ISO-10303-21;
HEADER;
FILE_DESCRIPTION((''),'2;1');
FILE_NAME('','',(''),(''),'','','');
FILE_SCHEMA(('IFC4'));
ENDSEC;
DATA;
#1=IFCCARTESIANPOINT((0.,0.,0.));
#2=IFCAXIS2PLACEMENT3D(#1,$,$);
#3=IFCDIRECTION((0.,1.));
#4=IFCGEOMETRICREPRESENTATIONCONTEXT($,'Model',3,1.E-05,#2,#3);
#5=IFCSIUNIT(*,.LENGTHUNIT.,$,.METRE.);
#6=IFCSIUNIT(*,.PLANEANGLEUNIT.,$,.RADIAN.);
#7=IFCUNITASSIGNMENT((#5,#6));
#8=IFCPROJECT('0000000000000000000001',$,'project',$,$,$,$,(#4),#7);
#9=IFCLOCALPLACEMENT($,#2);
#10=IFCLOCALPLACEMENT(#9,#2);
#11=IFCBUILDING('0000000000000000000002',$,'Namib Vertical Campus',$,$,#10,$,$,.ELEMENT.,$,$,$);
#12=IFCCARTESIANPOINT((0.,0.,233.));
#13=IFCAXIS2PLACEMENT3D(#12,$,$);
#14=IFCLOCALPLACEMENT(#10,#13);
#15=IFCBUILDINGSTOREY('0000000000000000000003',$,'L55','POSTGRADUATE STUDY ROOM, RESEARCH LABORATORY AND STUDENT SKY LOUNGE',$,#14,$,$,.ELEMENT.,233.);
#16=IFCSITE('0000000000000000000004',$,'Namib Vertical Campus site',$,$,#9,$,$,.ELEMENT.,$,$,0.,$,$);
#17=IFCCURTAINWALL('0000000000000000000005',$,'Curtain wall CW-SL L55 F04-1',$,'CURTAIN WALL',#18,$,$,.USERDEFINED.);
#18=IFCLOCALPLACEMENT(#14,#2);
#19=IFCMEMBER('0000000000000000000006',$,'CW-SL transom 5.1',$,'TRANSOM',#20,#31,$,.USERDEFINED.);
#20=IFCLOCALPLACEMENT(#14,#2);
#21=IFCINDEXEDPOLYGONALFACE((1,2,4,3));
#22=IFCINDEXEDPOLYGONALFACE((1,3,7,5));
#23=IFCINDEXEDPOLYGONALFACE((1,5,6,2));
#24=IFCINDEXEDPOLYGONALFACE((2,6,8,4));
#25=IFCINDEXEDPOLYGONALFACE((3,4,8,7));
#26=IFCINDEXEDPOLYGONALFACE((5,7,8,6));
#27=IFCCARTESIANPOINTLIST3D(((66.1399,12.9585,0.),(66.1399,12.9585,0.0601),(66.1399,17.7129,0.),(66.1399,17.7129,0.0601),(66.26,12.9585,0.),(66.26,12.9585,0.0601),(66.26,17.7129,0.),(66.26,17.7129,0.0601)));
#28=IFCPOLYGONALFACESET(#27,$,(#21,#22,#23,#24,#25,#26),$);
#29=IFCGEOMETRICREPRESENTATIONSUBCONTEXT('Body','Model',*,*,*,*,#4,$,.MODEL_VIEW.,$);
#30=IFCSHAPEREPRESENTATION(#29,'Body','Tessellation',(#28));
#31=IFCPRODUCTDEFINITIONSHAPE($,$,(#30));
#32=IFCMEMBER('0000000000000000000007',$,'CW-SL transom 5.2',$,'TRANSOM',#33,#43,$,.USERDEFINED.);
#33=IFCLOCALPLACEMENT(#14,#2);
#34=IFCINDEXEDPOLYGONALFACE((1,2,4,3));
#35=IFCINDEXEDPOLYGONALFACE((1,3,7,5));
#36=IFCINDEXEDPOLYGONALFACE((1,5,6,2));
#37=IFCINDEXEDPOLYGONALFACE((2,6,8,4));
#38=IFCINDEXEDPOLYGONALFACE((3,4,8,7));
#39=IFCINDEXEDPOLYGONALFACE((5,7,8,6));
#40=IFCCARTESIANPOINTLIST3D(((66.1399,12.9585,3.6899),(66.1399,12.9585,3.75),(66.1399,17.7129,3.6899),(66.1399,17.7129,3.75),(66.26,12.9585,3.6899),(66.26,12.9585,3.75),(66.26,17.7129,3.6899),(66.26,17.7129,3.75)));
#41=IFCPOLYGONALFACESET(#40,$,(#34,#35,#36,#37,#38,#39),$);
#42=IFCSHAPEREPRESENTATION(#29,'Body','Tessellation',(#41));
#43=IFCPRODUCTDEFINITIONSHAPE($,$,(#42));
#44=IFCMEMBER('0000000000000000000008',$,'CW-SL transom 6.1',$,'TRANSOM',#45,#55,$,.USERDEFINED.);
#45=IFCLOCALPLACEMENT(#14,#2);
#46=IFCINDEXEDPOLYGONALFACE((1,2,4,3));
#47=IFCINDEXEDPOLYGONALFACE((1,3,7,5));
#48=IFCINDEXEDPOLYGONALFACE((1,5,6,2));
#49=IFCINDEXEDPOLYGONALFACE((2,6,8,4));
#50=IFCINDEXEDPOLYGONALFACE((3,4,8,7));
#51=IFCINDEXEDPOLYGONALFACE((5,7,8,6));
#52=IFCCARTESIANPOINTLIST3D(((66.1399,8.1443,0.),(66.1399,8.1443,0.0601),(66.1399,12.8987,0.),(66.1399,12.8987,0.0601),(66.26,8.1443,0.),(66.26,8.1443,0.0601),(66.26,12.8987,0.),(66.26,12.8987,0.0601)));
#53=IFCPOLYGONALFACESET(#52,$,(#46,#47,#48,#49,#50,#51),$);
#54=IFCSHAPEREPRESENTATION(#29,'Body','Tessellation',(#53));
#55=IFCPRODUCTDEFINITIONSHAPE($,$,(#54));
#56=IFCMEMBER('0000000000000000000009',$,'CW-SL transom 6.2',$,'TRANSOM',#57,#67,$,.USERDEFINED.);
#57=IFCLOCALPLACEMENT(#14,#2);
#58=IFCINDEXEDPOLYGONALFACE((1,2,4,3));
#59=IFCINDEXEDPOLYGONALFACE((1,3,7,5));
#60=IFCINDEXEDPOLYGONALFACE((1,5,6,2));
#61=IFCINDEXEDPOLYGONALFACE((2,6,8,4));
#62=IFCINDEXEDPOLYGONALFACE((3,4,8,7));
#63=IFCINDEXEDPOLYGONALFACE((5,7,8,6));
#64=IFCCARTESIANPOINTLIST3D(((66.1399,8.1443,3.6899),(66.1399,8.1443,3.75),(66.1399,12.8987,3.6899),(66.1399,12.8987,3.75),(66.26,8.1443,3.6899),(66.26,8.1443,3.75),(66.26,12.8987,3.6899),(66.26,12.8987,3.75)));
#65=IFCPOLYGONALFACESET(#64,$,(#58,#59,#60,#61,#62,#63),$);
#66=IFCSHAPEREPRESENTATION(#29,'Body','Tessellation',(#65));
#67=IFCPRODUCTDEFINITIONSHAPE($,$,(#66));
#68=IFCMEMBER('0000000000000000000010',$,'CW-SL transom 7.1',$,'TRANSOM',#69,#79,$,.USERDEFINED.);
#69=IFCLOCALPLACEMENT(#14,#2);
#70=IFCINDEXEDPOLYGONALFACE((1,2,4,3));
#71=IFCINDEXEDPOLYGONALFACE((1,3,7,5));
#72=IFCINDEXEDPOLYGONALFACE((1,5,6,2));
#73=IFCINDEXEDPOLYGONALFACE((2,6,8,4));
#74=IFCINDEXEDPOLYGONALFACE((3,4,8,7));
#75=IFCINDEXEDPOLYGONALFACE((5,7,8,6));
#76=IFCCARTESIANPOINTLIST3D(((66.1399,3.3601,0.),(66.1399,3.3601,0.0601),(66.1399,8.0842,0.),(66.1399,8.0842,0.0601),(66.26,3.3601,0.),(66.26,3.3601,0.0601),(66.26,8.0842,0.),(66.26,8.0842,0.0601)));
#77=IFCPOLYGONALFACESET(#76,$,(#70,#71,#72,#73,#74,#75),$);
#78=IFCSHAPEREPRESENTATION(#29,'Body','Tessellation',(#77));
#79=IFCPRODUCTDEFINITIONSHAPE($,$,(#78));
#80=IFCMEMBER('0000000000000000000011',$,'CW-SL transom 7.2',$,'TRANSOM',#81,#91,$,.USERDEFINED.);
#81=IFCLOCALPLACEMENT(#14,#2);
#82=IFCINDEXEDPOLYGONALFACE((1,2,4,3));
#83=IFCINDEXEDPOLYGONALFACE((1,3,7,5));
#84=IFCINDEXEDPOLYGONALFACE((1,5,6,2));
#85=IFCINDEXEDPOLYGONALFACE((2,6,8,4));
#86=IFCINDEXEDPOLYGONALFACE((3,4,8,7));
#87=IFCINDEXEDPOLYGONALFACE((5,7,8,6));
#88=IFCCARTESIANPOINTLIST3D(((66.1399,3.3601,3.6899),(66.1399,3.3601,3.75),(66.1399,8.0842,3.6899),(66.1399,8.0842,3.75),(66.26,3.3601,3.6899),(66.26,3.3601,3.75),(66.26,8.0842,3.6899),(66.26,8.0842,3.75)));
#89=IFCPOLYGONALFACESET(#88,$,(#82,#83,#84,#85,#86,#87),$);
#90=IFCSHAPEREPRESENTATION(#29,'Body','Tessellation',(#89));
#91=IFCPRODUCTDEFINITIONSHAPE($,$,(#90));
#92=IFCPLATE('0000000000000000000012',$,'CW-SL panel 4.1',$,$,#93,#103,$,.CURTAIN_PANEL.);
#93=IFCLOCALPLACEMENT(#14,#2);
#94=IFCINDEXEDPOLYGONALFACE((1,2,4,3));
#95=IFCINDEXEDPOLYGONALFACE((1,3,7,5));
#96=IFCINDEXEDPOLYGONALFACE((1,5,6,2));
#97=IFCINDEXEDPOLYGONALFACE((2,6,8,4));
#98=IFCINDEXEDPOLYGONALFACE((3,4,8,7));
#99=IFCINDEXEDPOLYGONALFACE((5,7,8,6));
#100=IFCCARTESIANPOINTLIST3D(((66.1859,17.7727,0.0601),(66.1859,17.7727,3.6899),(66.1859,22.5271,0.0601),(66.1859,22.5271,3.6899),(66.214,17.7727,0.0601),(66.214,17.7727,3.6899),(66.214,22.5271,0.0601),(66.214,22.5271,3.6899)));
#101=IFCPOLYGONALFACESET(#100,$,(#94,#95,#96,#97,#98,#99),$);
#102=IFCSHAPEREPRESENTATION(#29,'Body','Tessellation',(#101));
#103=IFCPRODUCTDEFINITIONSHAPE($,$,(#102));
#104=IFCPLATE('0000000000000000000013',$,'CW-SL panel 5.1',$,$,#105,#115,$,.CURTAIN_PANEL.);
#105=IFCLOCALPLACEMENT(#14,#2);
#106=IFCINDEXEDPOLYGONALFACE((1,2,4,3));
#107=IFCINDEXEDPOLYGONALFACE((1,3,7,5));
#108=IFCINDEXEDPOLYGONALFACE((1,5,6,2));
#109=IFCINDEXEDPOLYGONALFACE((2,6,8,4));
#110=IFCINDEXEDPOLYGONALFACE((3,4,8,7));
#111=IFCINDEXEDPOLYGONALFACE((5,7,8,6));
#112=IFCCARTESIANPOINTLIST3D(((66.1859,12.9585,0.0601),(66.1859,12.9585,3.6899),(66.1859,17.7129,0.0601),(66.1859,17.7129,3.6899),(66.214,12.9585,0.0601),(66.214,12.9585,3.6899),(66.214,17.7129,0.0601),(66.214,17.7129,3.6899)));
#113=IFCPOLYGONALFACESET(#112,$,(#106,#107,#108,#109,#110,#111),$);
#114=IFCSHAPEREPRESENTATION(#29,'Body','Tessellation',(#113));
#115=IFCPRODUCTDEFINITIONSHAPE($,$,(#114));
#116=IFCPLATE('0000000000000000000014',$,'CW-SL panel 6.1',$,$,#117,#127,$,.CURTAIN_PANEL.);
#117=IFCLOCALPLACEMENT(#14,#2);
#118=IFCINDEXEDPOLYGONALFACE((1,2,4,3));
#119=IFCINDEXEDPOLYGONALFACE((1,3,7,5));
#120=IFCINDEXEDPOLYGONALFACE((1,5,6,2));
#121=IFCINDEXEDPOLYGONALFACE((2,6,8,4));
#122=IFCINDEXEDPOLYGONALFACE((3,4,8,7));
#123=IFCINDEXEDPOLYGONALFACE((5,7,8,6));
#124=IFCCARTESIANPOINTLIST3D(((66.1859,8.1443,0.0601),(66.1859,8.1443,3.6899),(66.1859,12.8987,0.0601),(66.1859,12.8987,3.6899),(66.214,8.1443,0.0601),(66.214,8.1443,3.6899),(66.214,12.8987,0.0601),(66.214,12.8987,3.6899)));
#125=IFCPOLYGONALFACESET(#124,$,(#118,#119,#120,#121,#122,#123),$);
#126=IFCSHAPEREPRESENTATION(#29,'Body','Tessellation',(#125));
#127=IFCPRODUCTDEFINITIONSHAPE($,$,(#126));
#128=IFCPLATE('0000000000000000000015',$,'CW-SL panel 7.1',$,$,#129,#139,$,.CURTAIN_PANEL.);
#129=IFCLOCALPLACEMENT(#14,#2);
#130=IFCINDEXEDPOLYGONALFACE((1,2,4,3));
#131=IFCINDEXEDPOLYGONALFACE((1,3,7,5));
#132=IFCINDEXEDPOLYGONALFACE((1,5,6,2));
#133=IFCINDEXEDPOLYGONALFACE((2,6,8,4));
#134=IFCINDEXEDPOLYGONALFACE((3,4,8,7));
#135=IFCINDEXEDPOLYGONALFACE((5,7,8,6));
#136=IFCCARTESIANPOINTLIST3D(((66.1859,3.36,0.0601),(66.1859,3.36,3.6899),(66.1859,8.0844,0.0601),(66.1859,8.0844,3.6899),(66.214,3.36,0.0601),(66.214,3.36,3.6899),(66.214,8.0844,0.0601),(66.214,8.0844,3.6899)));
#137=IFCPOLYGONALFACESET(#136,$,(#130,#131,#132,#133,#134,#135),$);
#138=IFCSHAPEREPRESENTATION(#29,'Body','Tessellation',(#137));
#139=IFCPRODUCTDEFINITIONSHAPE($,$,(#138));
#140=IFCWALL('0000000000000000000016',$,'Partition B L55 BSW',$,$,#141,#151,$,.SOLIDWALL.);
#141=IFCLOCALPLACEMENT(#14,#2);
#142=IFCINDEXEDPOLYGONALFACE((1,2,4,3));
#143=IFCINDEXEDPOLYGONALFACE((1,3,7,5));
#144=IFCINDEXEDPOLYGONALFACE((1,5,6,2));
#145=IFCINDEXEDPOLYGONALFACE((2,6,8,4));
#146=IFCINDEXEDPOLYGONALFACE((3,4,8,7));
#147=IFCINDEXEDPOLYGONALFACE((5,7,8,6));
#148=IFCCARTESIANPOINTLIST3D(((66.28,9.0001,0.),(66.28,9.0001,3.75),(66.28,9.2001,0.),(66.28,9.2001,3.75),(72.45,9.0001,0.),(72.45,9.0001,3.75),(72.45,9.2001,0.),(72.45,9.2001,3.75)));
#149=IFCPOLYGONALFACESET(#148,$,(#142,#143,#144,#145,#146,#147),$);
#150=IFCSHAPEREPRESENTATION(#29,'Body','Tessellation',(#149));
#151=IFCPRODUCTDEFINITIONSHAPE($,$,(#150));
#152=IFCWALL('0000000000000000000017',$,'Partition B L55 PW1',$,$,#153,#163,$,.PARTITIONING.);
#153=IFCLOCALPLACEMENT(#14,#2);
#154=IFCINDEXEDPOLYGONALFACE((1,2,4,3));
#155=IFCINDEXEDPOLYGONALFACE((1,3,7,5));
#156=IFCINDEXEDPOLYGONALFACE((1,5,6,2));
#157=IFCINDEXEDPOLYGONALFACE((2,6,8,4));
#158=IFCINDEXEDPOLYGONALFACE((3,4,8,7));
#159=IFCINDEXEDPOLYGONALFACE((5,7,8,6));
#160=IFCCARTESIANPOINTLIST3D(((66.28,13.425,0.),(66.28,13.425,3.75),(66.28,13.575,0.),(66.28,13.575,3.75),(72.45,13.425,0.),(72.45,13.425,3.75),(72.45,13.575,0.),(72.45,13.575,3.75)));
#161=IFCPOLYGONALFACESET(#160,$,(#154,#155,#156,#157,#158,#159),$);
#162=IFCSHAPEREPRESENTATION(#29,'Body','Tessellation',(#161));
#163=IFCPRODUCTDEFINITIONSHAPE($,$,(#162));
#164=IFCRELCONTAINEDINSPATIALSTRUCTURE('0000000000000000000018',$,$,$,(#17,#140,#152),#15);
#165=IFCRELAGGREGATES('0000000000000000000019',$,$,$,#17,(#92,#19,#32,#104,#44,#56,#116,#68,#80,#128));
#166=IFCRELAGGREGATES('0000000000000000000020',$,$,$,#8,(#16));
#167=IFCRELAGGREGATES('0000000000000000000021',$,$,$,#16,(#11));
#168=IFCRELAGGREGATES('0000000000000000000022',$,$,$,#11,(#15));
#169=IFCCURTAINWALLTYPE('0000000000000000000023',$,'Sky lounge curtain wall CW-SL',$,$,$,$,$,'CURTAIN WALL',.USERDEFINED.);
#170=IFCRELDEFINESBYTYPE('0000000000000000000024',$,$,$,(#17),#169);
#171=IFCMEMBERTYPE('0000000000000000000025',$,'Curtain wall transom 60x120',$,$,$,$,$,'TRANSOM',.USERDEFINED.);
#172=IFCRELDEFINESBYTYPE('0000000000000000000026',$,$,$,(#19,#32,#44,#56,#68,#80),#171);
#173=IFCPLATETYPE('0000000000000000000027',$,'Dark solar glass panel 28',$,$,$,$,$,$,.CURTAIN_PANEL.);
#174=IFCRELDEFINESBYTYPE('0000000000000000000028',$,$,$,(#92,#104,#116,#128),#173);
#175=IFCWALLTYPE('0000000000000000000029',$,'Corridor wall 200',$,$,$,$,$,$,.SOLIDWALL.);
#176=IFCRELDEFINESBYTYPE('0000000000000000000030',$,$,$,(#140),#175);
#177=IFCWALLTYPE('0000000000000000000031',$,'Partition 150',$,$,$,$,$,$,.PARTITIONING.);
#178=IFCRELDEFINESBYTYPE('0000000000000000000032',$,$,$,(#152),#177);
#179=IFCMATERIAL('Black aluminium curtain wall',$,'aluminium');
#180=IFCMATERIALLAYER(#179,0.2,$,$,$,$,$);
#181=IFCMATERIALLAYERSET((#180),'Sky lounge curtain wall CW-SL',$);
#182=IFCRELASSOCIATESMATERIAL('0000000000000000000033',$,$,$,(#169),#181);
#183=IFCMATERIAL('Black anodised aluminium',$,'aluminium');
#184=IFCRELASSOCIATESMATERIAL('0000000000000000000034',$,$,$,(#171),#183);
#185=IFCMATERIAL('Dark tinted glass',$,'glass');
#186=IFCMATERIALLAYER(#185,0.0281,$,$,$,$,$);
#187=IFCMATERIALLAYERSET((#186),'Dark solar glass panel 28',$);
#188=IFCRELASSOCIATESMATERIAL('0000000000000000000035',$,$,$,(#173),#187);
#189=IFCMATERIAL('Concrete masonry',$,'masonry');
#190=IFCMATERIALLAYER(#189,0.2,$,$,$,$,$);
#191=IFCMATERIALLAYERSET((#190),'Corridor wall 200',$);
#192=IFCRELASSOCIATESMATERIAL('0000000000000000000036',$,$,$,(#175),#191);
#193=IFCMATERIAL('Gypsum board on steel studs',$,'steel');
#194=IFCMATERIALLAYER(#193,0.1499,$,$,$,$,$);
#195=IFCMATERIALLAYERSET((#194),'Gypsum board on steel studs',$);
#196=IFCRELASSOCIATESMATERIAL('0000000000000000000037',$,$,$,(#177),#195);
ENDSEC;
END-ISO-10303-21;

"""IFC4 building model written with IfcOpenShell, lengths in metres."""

from ifc_helpers import new_model, si_unit, direction, frame, frame_2d, origin, origin_2d, place, context, subcontext, project, spatial, rectangle, extrude, material, layer, layer_set, material_profile, profile_set, type_object, element, aggregate, save


model = new_model("IFC4")

# Units and contexts
model_context = context("Model", 3, precision=1e-05, world=origin(), true_north=direction((0.0, 1.0)))
body_context = subcontext(model_context, "Body", "Model", "MODEL_VIEW")
ifc_project = project(units=[si_unit("LENGTHUNIT", "METRE"), si_unit("PLANEANGLEUNIT", "RADIAN")], contexts=[model_context])

# Site, building, storey
site_placement = place(None, origin())
site = spatial("IfcSite", under=ifc_project, at=site_placement, Name="Namib Vertical Campus site", CompositionType="ELEMENT", RefElevation=0.0)
building_placement = place(site_placement, origin())
building = spatial("IfcBuilding", under=site, at=building_placement, Name="Namib Vertical Campus", CompositionType="ELEMENT")
storey_placement = place(building_placement, frame((0.0, 0.0, 233.0)))
storey = spatial("IfcBuildingStorey", under=building, at=storey_placement, Name="L55", Description="POSTGRADUATE STUDY ROOM, RESEARCH LABORATORY AND STUDENT SKY LOUNGE", CompositionType="ELEMENT", Elevation=233.0)

# Curtain wall, members, plates
ifc_material_1 = material(Name="Black aluminium curtain wall", Category="aluminium")
ifc_layer_1 = layer(ifc_material_1, 0.2)
ifc_layer_set_1 = layer_set([ifc_layer_1], Name="Sky lounge curtain wall CW-SL")
curtain_wall_type = type_object("IfcCurtainWallType", Name="Sky lounge curtain wall CW-SL", ElementType="CURTAIN WALL", PredefinedType="USERDEFINED", material=ifc_layer_set_1)
curtain_wall_placement = place(storey_placement, origin())
curtain_wall = element("IfcCurtainWall", 1, at=curtain_wall_placement, inside=storey, type_object=curtain_wall_type, Name="Curtain wall CW-SL L55 F04-1", ObjectType="CURTAIN WALL", PredefinedType="USERDEFINED")
ifc_material_2 = material(Name="Black anodised aluminium", Category="aluminium")
ifc_material_profile = material_profile(ifc_material_2, rectangle(XDim=0.0601, YDim=0.1201, at=origin_2d()))
ifc_profile_set = profile_set([ifc_material_profile], Name="Black anodised aluminium")
member_type = type_object("IfcMemberType", Name="Curtain wall transom 60x120", ElementType="TRANSOM", PredefinedType="USERDEFINED", material=ifc_profile_set)
member_1_placement = place(storey_placement, frame((66.2, 17.7129, 0.03), z_axis=(0.0, -1.0, 0.0), x_axis=(0.0, 0.0, 1.0)))
member_1 = element("IfcMember", 2, at=member_1_placement, type_object=member_type, Name="CW-SL transom 5.1", ObjectType="TRANSOM", PredefinedType="USERDEFINED", context=body_context, shape_type="SweptSolid", body=[
    extrude(rectangle(XDim=0.0601, YDim=0.1201, at=origin_2d()), origin(), (0.0, 0.0, 1.0), 4.7544),
])
member_2_placement = place(storey_placement, frame((66.2, 17.7129, 3.72), z_axis=(0.0, -1.0, 0.0), x_axis=(0.0, 0.0, 1.0)))
member_2 = element("IfcMember", 3, at=member_2_placement, type_object=member_type, Name="CW-SL transom 5.2", ObjectType="TRANSOM", PredefinedType="USERDEFINED", context=body_context, shape_type="SweptSolid", body=[
    extrude(rectangle(XDim=0.0601, YDim=0.1201, at=origin_2d()), origin(), (0.0, 0.0, 1.0), 4.7544),
])
member_3_placement = place(storey_placement, frame((66.2, 12.8987, 0.03), z_axis=(0.0, -1.0, 0.0), x_axis=(0.0, 0.0, 1.0)))
member_3 = element("IfcMember", 4, at=member_3_placement, type_object=member_type, Name="CW-SL transom 6.1", ObjectType="TRANSOM", PredefinedType="USERDEFINED", context=body_context, shape_type="SweptSolid", body=[
    extrude(rectangle(XDim=0.0601, YDim=0.1201, at=origin_2d()), origin(), (0.0, 0.0, 1.0), 4.7544),
])
member_4_placement = place(storey_placement, frame((66.2, 12.8987, 3.72), z_axis=(0.0, -1.0, 0.0), x_axis=(0.0, 0.0, 1.0)))
member_4 = element("IfcMember", 5, at=member_4_placement, type_object=member_type, Name="CW-SL transom 6.2", ObjectType="TRANSOM", PredefinedType="USERDEFINED", context=body_context, shape_type="SweptSolid", body=[
    extrude(rectangle(XDim=0.0601, YDim=0.1201, at=origin_2d()), origin(), (0.0, 0.0, 1.0), 4.7544),
])
member_5_placement = place(storey_placement, frame((66.2, 8.0842, 0.03), z_axis=(0.0, -1.0, 0.0), x_axis=(0.0, 0.0, 1.0)))
member_5 = element("IfcMember", 6, at=member_5_placement, type_object=member_type, Name="CW-SL transom 7.1", ObjectType="TRANSOM", PredefinedType="USERDEFINED", context=body_context, shape_type="SweptSolid", body=[
    extrude(rectangle(XDim=0.0601, YDim=0.1201, at=origin_2d()), origin(), (0.0, 0.0, 1.0), 4.7241),
])
member_6_placement = place(storey_placement, frame((66.2, 8.0842, 3.72), z_axis=(0.0, -1.0, 0.0), x_axis=(0.0, 0.0, 1.0)))
member_6 = element("IfcMember", 7, at=member_6_placement, type_object=member_type, Name="CW-SL transom 7.2", ObjectType="TRANSOM", PredefinedType="USERDEFINED", context=body_context, shape_type="SweptSolid", body=[
    extrude(rectangle(XDim=0.0601, YDim=0.1201, at=origin_2d()), origin(), (0.0, 0.0, 1.0), 4.7241),
])
ifc_material_3 = material(Name="Dark tinted glass", Category="glass")
ifc_layer_2 = layer(ifc_material_3, 0.0281)
ifc_layer_set_2 = layer_set([ifc_layer_2], Name="Dark solar glass panel 28")
plate_type = type_object("IfcPlateType", Name="Dark solar glass panel 28", PredefinedType="CURTAIN_PANEL", material=ifc_layer_set_2)
plate_1_placement = place(storey_placement, frame((66.2, 20.1499, 0.0601), z_axis=(0.0, 0.0, 1.0), x_axis=(0.0, -1.0, 0.0)))
plate_1 = element("IfcPlate", 8, at=plate_1_placement, type_object=plate_type, Name="CW-SL panel 4.1", PredefinedType="CURTAIN_PANEL", context=body_context, shape_type="SweptSolid", body=[
    extrude(rectangle(XDim=4.7544, YDim=0.0281, at=origin_2d()), origin(), (0.0, 0.0, 1.0), 3.6299),
])
plate_2_placement = place(storey_placement, frame((66.2, 15.3357, 0.0601), z_axis=(0.0, 0.0, 1.0), x_axis=(0.0, -1.0, 0.0)))
plate_2 = element("IfcPlate", 9, at=plate_2_placement, type_object=plate_type, Name="CW-SL panel 5.1", PredefinedType="CURTAIN_PANEL", context=body_context, shape_type="SweptSolid", body=[
    extrude(rectangle(XDim=4.7544, YDim=0.0281, at=origin_2d()), origin(), (0.0, 0.0, 1.0), 3.6299),
])
plate_3_placement = place(storey_placement, frame((66.2, 10.5215, 0.0601), z_axis=(0.0, 0.0, 1.0), x_axis=(0.0, -1.0, 0.0)))
plate_3 = element("IfcPlate", 10, at=plate_3_placement, type_object=plate_type, Name="CW-SL panel 6.1", PredefinedType="CURTAIN_PANEL", context=body_context, shape_type="SweptSolid", body=[
    extrude(rectangle(XDim=4.7544, YDim=0.0281, at=origin_2d()), origin(), (0.0, 0.0, 1.0), 3.6299),
])
plate_4_placement = place(storey_placement, frame((66.2, 5.7222, 0.0601), z_axis=(0.0, 0.0, 1.0), x_axis=(0.0, -1.0, 0.0)))
plate_4 = element("IfcPlate", 11, at=plate_4_placement, type_object=plate_type, Name="CW-SL panel 7.1", PredefinedType="CURTAIN_PANEL", context=body_context, shape_type="SweptSolid", body=[
    extrude(rectangle(XDim=4.7244, YDim=0.0281, at=origin_2d()), origin(), (0.0, 0.0, 1.0), 3.6299),
])
aggregate(curtain_wall, [plate_1, member_1, member_2, plate_2, member_3, member_4, plate_3, member_5, member_6, plate_4])

# Walls
ifc_material_4 = material(Name="Concrete masonry", Category="masonry")
ifc_layer_3 = layer(ifc_material_4, 0.2)
ifc_layer_set_3 = layer_set([ifc_layer_3], Name="Corridor wall 200")
wall_type_1 = type_object("IfcWallType", Name="Corridor wall 200", PredefinedType="SOLIDWALL", material=ifc_layer_set_3)
wall_1_placement = place(storey_placement, frame((66.28, 9.1001, 0.0), z_axis=(0.0, 0.0, 1.0), x_axis=(1.0, 0.0, 0.0)))
element("IfcWall", 12, at=wall_1_placement, inside=storey, type_object=wall_type_1, Name="Partition B L55 BSW", PredefinedType="SOLIDWALL", context=body_context, shape_type="SweptSolid", body=[
    extrude(rectangle(XDim=6.1699, YDim=0.2, at=frame_2d((3.085, 0.0))), origin(), (0.0, 0.0, 1.0), 3.75),
])
ifc_material_5 = material(Name="Gypsum board on steel studs", Category="steel")
ifc_layer_4 = layer(ifc_material_5, 0.1499)
ifc_layer_set_4 = layer_set([ifc_layer_4], Name="Gypsum board on steel studs")
wall_type_2 = type_object("IfcWallType", Name="Partition 150", PredefinedType="PARTITIONING", material=ifc_layer_set_4)
wall_2_placement = place(storey_placement, frame((66.28, 13.5, 0.0), z_axis=(0.0, 0.0, 1.0), x_axis=(1.0, 0.0, 0.0)))
element("IfcWall", 13, at=wall_2_placement, inside=storey, type_object=wall_type_2, Name="Partition B L55 PW1", PredefinedType="PARTITIONING", context=body_context, shape_type="SweptSolid", body=[
    extrude(rectangle(XDim=6.1699, YDim=0.1499, at=frame_2d((3.085, 0.0))), origin(), (0.0, 0.0, 1.0), 3.75),
])

save(model, "model.ifc")
